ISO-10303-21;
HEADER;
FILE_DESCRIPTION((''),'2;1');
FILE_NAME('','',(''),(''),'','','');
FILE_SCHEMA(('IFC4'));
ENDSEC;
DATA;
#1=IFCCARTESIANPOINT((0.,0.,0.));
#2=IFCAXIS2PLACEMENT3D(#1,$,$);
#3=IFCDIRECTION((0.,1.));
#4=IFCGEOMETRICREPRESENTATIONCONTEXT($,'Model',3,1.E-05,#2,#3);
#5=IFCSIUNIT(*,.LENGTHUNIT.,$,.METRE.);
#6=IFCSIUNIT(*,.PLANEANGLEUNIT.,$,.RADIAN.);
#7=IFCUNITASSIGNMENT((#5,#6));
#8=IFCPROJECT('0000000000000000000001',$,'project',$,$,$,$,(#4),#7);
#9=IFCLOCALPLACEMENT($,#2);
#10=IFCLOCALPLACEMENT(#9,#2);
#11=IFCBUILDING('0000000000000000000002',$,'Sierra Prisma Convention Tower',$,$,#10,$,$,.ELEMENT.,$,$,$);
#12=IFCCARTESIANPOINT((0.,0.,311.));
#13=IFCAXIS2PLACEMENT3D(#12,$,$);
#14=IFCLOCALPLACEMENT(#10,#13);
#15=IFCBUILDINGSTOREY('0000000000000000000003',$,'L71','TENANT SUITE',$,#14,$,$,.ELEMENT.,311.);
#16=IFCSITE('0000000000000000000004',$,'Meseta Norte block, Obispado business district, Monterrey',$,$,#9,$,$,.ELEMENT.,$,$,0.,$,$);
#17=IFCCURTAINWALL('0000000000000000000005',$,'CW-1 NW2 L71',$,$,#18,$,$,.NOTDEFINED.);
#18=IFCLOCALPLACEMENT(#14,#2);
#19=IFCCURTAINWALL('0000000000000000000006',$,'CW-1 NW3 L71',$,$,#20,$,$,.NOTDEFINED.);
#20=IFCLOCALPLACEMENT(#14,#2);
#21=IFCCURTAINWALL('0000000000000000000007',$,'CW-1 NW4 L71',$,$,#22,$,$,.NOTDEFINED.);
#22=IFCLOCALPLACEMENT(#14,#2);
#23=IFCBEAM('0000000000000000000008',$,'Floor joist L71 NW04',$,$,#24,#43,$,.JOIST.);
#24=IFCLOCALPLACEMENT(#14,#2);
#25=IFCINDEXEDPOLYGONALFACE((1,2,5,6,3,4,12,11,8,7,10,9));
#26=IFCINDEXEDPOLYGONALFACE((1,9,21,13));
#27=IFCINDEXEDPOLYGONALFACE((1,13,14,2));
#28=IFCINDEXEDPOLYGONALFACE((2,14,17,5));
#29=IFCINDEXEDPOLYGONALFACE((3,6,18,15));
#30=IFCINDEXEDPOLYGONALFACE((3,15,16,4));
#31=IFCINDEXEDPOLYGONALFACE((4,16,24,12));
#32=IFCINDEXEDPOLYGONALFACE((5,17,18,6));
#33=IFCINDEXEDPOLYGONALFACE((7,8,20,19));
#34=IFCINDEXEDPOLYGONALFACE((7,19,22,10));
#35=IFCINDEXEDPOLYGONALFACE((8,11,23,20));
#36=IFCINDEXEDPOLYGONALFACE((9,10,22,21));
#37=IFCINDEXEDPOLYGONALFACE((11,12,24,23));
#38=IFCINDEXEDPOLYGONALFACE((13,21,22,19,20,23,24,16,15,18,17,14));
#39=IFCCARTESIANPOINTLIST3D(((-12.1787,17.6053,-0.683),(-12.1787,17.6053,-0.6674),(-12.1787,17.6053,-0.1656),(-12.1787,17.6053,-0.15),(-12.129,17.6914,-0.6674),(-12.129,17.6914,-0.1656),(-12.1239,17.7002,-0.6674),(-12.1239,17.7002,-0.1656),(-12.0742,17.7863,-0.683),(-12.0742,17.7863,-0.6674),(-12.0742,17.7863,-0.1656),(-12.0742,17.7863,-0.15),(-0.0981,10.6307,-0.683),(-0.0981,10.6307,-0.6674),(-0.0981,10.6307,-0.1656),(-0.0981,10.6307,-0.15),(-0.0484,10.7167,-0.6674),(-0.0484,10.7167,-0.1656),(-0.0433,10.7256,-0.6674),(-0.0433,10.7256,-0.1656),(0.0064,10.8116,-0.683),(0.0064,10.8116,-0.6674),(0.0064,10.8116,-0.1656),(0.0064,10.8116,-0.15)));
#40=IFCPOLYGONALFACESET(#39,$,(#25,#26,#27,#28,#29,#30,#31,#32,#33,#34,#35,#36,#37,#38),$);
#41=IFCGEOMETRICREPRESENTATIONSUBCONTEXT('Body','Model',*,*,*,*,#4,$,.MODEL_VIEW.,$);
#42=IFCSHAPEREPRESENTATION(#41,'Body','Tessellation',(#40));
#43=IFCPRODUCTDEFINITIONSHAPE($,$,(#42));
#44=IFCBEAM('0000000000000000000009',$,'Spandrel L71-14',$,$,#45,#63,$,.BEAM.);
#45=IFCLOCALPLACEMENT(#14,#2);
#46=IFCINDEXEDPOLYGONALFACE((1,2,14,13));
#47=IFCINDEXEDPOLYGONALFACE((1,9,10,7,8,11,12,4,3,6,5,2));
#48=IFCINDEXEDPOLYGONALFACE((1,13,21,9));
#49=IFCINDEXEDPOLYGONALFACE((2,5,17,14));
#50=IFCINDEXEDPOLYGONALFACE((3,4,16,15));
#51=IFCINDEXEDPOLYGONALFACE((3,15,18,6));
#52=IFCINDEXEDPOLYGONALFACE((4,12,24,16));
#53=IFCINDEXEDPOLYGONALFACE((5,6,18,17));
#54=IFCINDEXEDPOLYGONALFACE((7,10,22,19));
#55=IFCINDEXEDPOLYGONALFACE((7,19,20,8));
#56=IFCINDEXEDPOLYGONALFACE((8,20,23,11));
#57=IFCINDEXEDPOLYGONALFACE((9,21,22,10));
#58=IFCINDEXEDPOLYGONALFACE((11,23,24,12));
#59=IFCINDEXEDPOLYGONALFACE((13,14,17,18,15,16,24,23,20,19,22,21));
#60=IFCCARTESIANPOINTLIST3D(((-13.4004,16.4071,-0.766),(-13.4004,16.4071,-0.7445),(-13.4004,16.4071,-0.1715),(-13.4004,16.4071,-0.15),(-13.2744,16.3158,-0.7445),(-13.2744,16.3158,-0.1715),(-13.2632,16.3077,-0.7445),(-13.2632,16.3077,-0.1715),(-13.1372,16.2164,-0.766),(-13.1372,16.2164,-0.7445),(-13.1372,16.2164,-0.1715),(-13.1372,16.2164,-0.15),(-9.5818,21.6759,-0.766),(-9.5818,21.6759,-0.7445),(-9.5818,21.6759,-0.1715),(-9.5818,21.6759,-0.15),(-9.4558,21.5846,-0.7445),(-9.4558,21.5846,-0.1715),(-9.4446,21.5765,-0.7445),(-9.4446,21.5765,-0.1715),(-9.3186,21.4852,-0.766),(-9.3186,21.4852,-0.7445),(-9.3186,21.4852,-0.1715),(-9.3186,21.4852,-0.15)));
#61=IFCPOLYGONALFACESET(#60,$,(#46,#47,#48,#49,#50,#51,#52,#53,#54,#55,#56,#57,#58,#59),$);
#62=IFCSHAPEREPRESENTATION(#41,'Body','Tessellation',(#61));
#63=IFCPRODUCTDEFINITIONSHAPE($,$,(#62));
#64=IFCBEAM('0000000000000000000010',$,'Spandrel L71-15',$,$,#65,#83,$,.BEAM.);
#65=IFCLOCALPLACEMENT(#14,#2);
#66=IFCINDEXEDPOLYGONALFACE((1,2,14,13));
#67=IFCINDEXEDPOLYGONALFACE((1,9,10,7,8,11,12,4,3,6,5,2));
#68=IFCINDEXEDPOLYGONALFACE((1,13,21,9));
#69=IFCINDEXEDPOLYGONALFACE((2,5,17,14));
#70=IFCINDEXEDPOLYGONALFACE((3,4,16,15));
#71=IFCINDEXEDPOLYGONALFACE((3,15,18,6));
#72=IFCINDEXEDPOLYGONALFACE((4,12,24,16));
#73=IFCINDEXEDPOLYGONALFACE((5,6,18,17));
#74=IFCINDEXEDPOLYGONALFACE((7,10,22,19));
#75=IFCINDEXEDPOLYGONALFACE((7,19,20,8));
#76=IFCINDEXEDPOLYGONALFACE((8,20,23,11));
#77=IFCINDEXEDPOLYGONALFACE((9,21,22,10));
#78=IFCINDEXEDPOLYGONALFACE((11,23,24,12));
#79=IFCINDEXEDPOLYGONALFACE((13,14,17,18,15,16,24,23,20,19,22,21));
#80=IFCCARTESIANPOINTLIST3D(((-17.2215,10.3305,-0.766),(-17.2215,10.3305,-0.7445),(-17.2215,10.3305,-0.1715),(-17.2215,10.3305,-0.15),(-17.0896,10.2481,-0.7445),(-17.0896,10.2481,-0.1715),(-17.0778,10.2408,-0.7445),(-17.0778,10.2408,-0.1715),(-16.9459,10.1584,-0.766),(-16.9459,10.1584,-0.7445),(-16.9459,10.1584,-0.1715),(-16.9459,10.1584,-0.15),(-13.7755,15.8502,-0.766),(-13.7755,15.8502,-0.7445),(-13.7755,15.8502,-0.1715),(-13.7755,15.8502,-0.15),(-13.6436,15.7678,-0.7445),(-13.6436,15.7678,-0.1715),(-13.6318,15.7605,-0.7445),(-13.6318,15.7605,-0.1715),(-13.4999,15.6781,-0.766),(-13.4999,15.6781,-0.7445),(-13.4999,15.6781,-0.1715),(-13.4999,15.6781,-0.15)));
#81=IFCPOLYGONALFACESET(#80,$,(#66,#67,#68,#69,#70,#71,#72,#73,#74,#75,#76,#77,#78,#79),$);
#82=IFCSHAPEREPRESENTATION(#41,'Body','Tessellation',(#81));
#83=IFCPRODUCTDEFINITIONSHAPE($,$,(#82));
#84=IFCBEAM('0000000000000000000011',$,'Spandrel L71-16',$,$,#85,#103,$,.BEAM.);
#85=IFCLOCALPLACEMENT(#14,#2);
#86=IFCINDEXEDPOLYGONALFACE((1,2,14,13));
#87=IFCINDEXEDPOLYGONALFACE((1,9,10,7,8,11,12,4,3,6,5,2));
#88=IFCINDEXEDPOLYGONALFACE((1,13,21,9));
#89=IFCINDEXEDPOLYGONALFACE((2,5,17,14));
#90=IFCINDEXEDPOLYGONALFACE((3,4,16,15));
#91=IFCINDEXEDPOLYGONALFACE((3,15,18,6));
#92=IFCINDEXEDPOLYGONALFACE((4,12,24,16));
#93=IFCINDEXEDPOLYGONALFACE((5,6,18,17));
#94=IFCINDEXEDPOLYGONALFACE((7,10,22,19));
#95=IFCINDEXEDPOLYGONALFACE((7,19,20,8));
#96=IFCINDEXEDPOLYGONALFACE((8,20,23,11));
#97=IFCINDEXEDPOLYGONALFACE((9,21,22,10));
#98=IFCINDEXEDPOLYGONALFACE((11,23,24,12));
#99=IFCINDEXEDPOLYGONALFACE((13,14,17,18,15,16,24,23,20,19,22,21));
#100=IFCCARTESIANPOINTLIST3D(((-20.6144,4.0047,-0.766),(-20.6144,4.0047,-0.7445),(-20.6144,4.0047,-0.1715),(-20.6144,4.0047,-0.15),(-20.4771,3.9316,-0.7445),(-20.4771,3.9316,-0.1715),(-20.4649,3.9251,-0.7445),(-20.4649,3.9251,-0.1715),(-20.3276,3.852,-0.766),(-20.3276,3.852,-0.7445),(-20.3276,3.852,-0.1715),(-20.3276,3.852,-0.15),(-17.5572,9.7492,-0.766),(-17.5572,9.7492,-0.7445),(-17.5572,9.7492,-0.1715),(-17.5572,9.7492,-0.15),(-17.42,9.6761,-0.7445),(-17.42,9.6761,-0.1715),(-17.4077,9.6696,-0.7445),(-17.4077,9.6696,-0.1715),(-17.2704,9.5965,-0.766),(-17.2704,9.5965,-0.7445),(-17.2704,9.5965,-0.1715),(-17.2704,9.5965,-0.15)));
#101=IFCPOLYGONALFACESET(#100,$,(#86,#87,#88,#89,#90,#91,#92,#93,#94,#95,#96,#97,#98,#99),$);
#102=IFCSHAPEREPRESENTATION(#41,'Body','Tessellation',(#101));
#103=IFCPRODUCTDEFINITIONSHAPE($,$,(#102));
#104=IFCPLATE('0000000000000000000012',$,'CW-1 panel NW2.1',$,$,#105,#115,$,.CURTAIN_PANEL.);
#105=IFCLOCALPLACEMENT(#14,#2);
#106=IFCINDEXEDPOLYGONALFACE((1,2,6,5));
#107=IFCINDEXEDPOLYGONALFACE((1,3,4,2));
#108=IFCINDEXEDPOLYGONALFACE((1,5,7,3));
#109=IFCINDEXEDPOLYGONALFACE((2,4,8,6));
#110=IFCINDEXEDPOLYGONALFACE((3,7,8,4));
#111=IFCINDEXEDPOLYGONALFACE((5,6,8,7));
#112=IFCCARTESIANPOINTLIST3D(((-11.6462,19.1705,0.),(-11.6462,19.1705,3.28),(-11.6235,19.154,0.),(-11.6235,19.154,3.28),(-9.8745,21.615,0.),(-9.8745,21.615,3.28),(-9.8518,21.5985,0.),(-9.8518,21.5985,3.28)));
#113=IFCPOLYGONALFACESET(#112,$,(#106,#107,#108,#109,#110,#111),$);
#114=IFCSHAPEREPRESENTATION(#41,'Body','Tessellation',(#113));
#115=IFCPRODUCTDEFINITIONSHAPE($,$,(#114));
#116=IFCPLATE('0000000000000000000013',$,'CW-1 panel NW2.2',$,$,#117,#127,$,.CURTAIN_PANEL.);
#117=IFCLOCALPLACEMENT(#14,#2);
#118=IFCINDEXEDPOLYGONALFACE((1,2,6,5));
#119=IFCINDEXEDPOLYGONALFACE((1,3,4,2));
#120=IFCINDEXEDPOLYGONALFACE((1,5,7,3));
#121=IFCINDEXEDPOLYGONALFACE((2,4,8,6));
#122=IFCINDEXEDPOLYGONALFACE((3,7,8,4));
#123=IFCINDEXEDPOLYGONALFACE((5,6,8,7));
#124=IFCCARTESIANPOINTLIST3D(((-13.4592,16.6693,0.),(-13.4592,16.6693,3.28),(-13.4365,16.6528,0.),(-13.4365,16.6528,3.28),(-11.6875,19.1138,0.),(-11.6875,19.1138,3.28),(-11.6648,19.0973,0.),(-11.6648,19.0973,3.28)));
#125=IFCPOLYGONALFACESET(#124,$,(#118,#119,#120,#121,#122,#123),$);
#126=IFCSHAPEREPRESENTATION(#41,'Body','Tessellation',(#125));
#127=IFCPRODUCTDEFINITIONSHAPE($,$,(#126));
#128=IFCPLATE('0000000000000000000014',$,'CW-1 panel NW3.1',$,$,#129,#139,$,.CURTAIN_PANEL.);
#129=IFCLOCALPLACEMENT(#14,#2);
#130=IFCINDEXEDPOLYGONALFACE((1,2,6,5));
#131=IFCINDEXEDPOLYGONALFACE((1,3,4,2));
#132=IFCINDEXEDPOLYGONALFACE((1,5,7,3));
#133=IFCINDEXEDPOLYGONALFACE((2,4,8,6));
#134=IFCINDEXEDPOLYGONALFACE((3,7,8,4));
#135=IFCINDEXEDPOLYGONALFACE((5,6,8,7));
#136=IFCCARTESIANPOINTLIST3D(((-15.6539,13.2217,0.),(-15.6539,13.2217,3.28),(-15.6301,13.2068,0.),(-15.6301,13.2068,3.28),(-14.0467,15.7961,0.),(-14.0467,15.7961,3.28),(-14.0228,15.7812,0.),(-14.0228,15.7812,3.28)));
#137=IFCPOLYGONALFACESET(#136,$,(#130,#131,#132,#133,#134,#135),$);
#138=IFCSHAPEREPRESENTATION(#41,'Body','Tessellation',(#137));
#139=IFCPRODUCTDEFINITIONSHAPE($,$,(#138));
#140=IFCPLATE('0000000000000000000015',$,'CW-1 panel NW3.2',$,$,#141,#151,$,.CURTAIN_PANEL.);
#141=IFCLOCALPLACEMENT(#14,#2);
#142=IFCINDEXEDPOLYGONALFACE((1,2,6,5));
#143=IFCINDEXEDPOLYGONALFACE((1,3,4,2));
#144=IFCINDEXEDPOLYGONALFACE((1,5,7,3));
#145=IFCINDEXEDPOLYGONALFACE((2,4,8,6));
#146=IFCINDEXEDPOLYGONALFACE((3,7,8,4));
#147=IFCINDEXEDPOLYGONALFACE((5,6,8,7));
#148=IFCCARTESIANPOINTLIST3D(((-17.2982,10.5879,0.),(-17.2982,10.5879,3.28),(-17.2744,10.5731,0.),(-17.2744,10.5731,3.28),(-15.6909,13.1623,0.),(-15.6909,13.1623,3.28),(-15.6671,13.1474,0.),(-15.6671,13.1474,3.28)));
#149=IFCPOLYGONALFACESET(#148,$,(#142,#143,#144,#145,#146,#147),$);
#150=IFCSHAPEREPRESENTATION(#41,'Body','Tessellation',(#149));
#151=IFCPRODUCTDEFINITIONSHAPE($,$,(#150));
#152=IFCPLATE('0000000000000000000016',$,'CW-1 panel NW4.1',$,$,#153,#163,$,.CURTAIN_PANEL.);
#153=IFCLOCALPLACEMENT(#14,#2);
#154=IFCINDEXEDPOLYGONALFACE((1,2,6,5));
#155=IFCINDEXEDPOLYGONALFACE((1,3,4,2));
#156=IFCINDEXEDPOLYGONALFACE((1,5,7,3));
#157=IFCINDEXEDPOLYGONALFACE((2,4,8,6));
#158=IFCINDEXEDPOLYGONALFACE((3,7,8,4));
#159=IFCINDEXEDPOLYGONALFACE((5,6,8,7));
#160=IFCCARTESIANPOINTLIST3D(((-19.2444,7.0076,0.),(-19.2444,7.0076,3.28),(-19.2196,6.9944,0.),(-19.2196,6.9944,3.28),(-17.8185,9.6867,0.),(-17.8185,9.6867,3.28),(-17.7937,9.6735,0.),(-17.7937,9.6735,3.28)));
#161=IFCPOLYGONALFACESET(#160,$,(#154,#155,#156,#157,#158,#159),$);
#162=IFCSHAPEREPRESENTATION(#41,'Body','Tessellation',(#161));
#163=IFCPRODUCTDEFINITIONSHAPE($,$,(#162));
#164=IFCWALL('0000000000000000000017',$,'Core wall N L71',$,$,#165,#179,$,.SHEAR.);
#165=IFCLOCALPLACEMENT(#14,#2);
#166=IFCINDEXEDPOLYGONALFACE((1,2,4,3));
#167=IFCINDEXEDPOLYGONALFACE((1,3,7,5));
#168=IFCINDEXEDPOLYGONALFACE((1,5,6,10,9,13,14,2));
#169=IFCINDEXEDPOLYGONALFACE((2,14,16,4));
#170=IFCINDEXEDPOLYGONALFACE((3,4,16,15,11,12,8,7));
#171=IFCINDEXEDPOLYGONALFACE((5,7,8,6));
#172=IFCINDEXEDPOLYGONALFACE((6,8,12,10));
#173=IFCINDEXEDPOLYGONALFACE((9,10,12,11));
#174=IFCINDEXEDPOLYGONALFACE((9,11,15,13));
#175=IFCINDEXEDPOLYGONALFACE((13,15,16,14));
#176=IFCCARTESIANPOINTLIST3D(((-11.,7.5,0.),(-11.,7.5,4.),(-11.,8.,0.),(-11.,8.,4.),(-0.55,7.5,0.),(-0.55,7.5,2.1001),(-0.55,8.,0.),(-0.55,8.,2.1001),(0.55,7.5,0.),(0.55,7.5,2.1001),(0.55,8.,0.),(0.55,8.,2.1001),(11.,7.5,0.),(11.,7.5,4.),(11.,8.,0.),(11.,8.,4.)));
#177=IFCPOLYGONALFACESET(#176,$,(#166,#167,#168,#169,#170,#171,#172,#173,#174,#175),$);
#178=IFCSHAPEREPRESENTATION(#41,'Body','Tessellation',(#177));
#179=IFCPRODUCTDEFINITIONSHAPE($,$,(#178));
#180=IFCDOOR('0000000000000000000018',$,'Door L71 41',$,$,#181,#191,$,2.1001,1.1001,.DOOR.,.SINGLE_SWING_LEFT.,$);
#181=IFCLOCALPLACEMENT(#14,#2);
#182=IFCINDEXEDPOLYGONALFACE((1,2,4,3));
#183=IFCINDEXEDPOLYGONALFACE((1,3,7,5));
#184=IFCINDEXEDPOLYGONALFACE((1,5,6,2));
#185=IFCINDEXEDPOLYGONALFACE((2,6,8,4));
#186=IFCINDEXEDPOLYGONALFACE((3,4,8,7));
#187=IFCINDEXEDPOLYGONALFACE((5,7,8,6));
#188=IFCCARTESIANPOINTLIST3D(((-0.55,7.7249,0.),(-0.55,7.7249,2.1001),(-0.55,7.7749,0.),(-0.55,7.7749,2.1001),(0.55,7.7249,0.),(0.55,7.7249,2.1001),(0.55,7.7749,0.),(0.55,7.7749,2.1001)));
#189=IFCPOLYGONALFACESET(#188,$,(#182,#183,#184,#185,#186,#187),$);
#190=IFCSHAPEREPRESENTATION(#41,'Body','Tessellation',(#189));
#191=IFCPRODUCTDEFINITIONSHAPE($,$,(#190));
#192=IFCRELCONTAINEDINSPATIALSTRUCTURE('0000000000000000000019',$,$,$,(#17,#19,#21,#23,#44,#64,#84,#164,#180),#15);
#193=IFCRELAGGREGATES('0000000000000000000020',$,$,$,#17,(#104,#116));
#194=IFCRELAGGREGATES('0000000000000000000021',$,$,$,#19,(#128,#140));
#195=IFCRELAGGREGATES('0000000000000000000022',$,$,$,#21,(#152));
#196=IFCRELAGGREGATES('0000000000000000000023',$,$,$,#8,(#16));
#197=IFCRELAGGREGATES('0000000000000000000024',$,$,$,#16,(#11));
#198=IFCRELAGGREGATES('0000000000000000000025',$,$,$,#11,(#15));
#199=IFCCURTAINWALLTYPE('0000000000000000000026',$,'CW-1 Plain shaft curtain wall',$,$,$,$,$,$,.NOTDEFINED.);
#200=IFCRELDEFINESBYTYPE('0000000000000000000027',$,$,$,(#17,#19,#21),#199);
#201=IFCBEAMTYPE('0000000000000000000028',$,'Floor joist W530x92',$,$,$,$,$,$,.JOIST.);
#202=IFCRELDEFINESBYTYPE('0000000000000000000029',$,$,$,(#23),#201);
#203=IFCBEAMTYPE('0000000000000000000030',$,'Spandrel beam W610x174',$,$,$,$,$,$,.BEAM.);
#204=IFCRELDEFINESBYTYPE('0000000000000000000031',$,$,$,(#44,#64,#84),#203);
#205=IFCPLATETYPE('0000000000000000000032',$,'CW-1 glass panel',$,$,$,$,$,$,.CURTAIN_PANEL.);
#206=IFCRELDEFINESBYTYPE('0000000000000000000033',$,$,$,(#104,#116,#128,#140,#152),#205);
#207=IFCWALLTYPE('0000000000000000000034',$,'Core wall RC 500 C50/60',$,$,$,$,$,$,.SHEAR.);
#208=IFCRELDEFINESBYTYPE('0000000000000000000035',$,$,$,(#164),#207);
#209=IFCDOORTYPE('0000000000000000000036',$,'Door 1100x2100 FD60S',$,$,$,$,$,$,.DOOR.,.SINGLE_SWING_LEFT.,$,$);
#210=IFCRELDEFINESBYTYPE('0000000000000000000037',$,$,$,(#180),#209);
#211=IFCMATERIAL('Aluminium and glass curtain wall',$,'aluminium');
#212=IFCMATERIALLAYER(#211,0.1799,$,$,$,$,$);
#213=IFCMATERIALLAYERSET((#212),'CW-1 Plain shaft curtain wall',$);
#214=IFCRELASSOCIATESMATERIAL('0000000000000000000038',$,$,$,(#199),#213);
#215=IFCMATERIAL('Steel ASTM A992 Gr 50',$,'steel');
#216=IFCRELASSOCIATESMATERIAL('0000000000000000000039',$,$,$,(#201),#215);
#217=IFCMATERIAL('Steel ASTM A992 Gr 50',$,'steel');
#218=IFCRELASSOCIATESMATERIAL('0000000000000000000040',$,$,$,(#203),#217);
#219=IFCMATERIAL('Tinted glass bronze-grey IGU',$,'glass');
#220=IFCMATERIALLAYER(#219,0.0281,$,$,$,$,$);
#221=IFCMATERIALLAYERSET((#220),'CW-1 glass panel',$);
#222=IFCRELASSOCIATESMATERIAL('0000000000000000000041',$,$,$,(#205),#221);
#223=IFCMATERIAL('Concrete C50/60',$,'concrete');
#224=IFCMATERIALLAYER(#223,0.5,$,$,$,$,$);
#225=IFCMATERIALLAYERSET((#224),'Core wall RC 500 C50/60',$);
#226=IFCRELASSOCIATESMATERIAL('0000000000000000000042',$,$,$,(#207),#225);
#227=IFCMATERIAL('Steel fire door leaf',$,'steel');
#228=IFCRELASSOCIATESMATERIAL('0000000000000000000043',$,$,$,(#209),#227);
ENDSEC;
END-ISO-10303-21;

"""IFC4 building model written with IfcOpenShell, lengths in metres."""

from ifc_helpers import new_model, si_unit, direction, frame, frame_2d, origin, origin_2d, place, context, subcontext, project, spatial, rectangle, i_section, extrude, material, layer, layer_set, material_profile, profile_set, type_object, element, fill, aggregate, save


model = new_model("IFC4")

# Units and contexts
model_context = context("Model", 3, precision=1e-05, world=origin(), true_north=direction((0.0, 1.0)))
body_context = subcontext(model_context, "Body", "Model", "MODEL_VIEW")
ifc_project = project(units=[si_unit("LENGTHUNIT", "METRE"), si_unit("PLANEANGLEUNIT", "RADIAN")], contexts=[model_context])

# Site, building, storey
site_placement = place(None, origin())
site = spatial("IfcSite", under=ifc_project, at=site_placement, Name="Meseta Norte block, Obispado business district, Monterrey", CompositionType="ELEMENT", RefElevation=0.0)
building_placement = place(site_placement, origin())
building = spatial("IfcBuilding", under=site, at=building_placement, Name="Sierra Prisma Convention Tower", CompositionType="ELEMENT")
storey_placement = place(building_placement, frame((0.0, 0.0, 311.0)))
storey = spatial("IfcBuildingStorey", under=building, at=storey_placement, Name="L71", Description="TENANT SUITE", CompositionType="ELEMENT", Elevation=311.0)

# Curtain wall
ifc_material_1 = material(Name="Aluminium and glass curtain wall", Category="aluminium")
ifc_layer_1 = layer(ifc_material_1, 0.1799)
ifc_layer_set_1 = layer_set([ifc_layer_1], Name="CW-1 Plain shaft curtain wall")
curtain_wall_type = type_object("IfcCurtainWallType", Name="CW-1 Plain shaft curtain wall", PredefinedType="NOTDEFINED", material=ifc_layer_set_1)
curtain_wall_1_placement = place(storey_placement, origin())
curtain_wall_1 = element("IfcCurtainWall", 1, at=curtain_wall_1_placement, inside=storey, type_object=curtain_wall_type, Name="CW-1 NW2 L71", PredefinedType="NOTDEFINED")

# Curtain wall
curtain_wall_2_placement = place(storey_placement, origin())
curtain_wall_2 = element("IfcCurtainWall", 2, at=curtain_wall_2_placement, inside=storey, type_object=curtain_wall_type, Name="CW-1 NW3 L71", PredefinedType="NOTDEFINED")

# Curtain wall
curtain_wall_3_placement = place(storey_placement, origin())
curtain_wall_3 = element("IfcCurtainWall", 3, at=curtain_wall_3_placement, inside=storey, type_object=curtain_wall_type, Name="CW-1 NW4 L71", PredefinedType="NOTDEFINED")

# Beams
ifc_material_2 = material(Name="Steel ASTM A992 Gr 50", Category="steel")
ifc_material_profile_1 = material_profile(ifc_material_2, i_section(OverallWidth=0.209, OverallDepth=0.533, WebThickness=0.0103, FlangeThickness=0.0156, at=origin_2d()), Name="W530x92")
ifc_profile_set_1 = profile_set([ifc_material_profile_1], Name="Steel ASTM A992 Gr 50")
beam_type_1 = type_object("IfcBeamType", Name="Floor joist W530x92", PredefinedType="JOIST", material=ifc_profile_set_1)
beam_1_placement = place(storey_placement, frame((-12.1265, 17.6958, -0.4165), z_axis=(0.866029, -0.499994, 0.0), x_axis=(0.499994, 0.866029, 0.0)))
element("IfcBeam", 4, at=beam_1_placement, inside=storey, type_object=beam_type_1, Name="Floor joist L71 NW04", PredefinedType="JOIST", context=body_context, shape_type="SweptSolid", body=[
    extrude(i_section(OverallWidth=0.209, OverallDepth=0.533, WebThickness=0.0103, FlangeThickness=0.0156, at=origin_2d()), origin(), (0.0, 0.0, 1.0), 13.9495),
])
ifc_material_3 = material(Name="Steel ASTM A992 Gr 50", Category="steel")
ifc_material_profile_2 = material_profile(ifc_material_3, i_section(OverallWidth=0.325, OverallDepth=0.616, WebThickness=0.0139, FlangeThickness=0.0215, at=origin_2d()), Name="W610x174")
ifc_profile_set_2 = profile_set([ifc_material_profile_2], Name="Steel ASTM A992 Gr 50")
beam_type_2 = type_object("IfcBeamType", Name="Spandrel beam W610x174", PredefinedType="BEAM", material=ifc_profile_set_2)
for number, where, z_axis, x_axis, name in (
    (5, (-9.4502, 21.5806, -0.458), (-0.586839, -0.809704, 0.0), (0.809704, -0.586839, 0.0), "Spandrel L71-14"),
    (6, (-13.6377, 15.7642, -0.458), (-0.529577, -0.848262, 0.0), (0.848262, -0.529577, 0.0), "Spandrel L71-15"),
):
    element("IfcBeam", number, at=place(storey_placement, frame(where, z_axis=z_axis, x_axis=x_axis)), inside=storey, type_object=beam_type_2, Name=name, PredefinedType="BEAM", context=body_context, shape_type="SweptSolid", body=[
        extrude(i_section(OverallWidth=0.325, OverallDepth=0.616, WebThickness=0.0139, FlangeThickness=0.0215, at=origin_2d()), origin(), (0.0, 0.0, 1.0), 6.5071),
    ])
beam_2_placement = place(storey_placement, frame((-17.4138, 9.6729, -0.458), z_axis=(-0.469805, -0.88277, 0.0), x_axis=(0.88277, -0.469805, 0.0)))
element("IfcBeam", 7, at=beam_2_placement, inside=storey, type_object=beam_type_2, Name="Spandrel L71-16", PredefinedType="BEAM", context=body_context, shape_type="SweptSolid", body=[
    extrude(i_section(OverallWidth=0.325, OverallDepth=0.616, WebThickness=0.0139, FlangeThickness=0.0215, at=origin_2d()), origin(), (0.0, 0.0, 1.0), 6.5073),
])

# Plates
ifc_material_4 = material(Name="Tinted glass bronze-grey IGU", Category="glass")
ifc_layer_2 = layer(ifc_material_4, 0.0281)
ifc_layer_set_2 = layer_set([ifc_layer_2], Name="CW-1 glass panel")
plate_type = type_object("IfcPlateType", Name="CW-1 glass panel", PredefinedType="CURTAIN_PANEL", material=ifc_layer_set_2)
plate_1_placement = place(storey_placement, frame((-10.749, 20.3845, 0.0), z_axis=(0.0, 0.0, 1.0), x_axis=(-0.586841, -0.809702, 0.0)))
plate_1 = element("IfcPlate", 8, at=plate_1_placement, type_object=plate_type, Name="CW-1 panel NW2.1", PredefinedType="CURTAIN_PANEL", context=body_context, shape_type="SweptSolid", body=[
    extrude(rectangle(XDim=3.019, YDim=0.0281, at=origin_2d()), origin(), (0.0, 0.0, 1.0), 3.28),
])
plate_2_placement = place(storey_placement, frame((-12.562, 17.8833, 0.0), z_axis=(0.0, 0.0, 1.0), x_axis=(-0.586841, -0.809702, 0.0)))
plate_2 = element("IfcPlate", 9, at=plate_2_placement, type_object=plate_type, Name="CW-1 panel NW2.2", PredefinedType="CURTAIN_PANEL", context=body_context, shape_type="SweptSolid", body=[
    extrude(rectangle(XDim=3.019, YDim=0.0281, at=origin_2d()), origin(), (0.0, 0.0, 1.0), 3.28),
])
aggregate(curtain_wall_1, [plate_1, plate_2])
plate_3_placement = place(storey_placement, frame((-14.8384, 14.5015, 0.0), z_axis=(0.0, 0.0, 1.0), x_axis=(-0.529589, -0.848254, 0.0)))
plate_3 = element("IfcPlate", 10, at=plate_3_placement, type_object=plate_type, Name="CW-1 panel NW3.1", PredefinedType="CURTAIN_PANEL", context=body_context, shape_type="SweptSolid", body=[
    extrude(rectangle(XDim=3.0349, YDim=0.0281, at=origin_2d()), origin(), (0.0, 0.0, 1.0), 3.28),
])
plate_4_placement = place(storey_placement, frame((-16.4827, 11.8677, 0.0), z_axis=(0.0, 0.0, 1.0), x_axis=(-0.529589, -0.848254, 0.0)))
plate_4 = element("IfcPlate", 11, at=plate_4_placement, type_object=plate_type, Name="CW-1 panel NW3.2", PredefinedType="CURTAIN_PANEL", context=body_context, shape_type="SweptSolid", body=[
    extrude(rectangle(XDim=3.0349, YDim=0.0281, at=origin_2d()), origin(), (0.0, 0.0, 1.0), 3.28),
])
aggregate(curtain_wall_2, [plate_3, plate_4])
plate_5_placement = place(storey_placement, frame((-18.519, 8.3406, 0.0), z_axis=(0.0, 0.0, 1.0), x_axis=(-0.469815, -0.882765, 0.0)))
plate_5 = element("IfcPlate", 12, at=plate_5_placement, type_object=plate_type, Name="CW-1 panel NW4.1", PredefinedType="CURTAIN_PANEL", context=body_context, shape_type="SweptSolid", body=[
    extrude(rectangle(XDim=3.0349, YDim=0.0281, at=origin_2d()), origin(), (0.0, 0.0, 1.0), 3.28),
])
aggregate(curtain_wall_3, [plate_5])

# Wall, opening, door
ifc_material_5 = material(Name="Concrete C50/60", Category="concrete")
ifc_layer_3 = layer(ifc_material_5, 0.5)
ifc_layer_set_3 = layer_set([ifc_layer_3], Name="Core wall RC 500 C50/60")
wall_type_1 = type_object("IfcWallType", Name="Core wall RC 500 C50/60", PredefinedType="SHEAR", material=ifc_layer_set_3)
wall_1_placement = place(storey_placement, frame((-11.0, 7.75, 0.0), z_axis=(0.0, 0.0, 1.0), x_axis=(1.0, 0.0, 0.0)))
wall_1 = element("IfcWall", 13, at=wall_1_placement, inside=storey, type_object=wall_type_1, Name="Core wall N L71", PredefinedType="SHEAR", context=body_context, shape_type="SweptSolid", body=[
    extrude(rectangle(XDim=22.0, YDim=0.5, at=frame_2d((11.0, 0.0))), origin(), (0.0, 0.0, 1.0), 4.0),
])
opening_1_placement = place(wall_1_placement, frame((10.45, 0.0, 0.0)))
opening_1 = element("IfcOpeningElement", 14, at=opening_1_placement, cuts=wall_1, PredefinedType="OPENING", context=body_context, shape_type="SweptSolid", body=[
    extrude(rectangle(XDim=1.1001, YDim=2.1001, at=frame_2d((0.55, 1.05))), frame((0.0, 0.25, 0.0), z_axis=(0.0, -1.0, 0.0), x_axis=(1.0, 0.0, 0.0)), (0.0, 0.0, 1.0), 0.5),
])
ifc_material_6 = material(Name="Steel fire door leaf", Category="steel")
door_type_1 = type_object("IfcDoorType", Name="Door 1100x2100 FD60S", OperationType="SINGLE_SWING_LEFT", PredefinedType="DOOR", material=ifc_material_6)
door_1_placement = place(opening_1_placement, origin())
door_1 = element("IfcDoor", 15, at=door_1_placement, inside=storey, type_object=door_type_1, Name="Door L71 41", OperationType="SINGLE_SWING_LEFT", OverallHeight=2.1001, OverallWidth=1.1001, PredefinedType="DOOR", context=body_context, shape_type="SweptSolid", body=[
    extrude(rectangle(XDim=1.1001, YDim=2.1001, at=frame_2d((0.55, 1.05))), frame((0.0, 0.0249, 0.0), z_axis=(0.0, -1.0, 0.0), x_axis=(1.0, 0.0, 0.0)), (0.0, 0.0, 1.0), 0.05),
])
fill(opening_1, door_1)

save(model, "model.ifc")
